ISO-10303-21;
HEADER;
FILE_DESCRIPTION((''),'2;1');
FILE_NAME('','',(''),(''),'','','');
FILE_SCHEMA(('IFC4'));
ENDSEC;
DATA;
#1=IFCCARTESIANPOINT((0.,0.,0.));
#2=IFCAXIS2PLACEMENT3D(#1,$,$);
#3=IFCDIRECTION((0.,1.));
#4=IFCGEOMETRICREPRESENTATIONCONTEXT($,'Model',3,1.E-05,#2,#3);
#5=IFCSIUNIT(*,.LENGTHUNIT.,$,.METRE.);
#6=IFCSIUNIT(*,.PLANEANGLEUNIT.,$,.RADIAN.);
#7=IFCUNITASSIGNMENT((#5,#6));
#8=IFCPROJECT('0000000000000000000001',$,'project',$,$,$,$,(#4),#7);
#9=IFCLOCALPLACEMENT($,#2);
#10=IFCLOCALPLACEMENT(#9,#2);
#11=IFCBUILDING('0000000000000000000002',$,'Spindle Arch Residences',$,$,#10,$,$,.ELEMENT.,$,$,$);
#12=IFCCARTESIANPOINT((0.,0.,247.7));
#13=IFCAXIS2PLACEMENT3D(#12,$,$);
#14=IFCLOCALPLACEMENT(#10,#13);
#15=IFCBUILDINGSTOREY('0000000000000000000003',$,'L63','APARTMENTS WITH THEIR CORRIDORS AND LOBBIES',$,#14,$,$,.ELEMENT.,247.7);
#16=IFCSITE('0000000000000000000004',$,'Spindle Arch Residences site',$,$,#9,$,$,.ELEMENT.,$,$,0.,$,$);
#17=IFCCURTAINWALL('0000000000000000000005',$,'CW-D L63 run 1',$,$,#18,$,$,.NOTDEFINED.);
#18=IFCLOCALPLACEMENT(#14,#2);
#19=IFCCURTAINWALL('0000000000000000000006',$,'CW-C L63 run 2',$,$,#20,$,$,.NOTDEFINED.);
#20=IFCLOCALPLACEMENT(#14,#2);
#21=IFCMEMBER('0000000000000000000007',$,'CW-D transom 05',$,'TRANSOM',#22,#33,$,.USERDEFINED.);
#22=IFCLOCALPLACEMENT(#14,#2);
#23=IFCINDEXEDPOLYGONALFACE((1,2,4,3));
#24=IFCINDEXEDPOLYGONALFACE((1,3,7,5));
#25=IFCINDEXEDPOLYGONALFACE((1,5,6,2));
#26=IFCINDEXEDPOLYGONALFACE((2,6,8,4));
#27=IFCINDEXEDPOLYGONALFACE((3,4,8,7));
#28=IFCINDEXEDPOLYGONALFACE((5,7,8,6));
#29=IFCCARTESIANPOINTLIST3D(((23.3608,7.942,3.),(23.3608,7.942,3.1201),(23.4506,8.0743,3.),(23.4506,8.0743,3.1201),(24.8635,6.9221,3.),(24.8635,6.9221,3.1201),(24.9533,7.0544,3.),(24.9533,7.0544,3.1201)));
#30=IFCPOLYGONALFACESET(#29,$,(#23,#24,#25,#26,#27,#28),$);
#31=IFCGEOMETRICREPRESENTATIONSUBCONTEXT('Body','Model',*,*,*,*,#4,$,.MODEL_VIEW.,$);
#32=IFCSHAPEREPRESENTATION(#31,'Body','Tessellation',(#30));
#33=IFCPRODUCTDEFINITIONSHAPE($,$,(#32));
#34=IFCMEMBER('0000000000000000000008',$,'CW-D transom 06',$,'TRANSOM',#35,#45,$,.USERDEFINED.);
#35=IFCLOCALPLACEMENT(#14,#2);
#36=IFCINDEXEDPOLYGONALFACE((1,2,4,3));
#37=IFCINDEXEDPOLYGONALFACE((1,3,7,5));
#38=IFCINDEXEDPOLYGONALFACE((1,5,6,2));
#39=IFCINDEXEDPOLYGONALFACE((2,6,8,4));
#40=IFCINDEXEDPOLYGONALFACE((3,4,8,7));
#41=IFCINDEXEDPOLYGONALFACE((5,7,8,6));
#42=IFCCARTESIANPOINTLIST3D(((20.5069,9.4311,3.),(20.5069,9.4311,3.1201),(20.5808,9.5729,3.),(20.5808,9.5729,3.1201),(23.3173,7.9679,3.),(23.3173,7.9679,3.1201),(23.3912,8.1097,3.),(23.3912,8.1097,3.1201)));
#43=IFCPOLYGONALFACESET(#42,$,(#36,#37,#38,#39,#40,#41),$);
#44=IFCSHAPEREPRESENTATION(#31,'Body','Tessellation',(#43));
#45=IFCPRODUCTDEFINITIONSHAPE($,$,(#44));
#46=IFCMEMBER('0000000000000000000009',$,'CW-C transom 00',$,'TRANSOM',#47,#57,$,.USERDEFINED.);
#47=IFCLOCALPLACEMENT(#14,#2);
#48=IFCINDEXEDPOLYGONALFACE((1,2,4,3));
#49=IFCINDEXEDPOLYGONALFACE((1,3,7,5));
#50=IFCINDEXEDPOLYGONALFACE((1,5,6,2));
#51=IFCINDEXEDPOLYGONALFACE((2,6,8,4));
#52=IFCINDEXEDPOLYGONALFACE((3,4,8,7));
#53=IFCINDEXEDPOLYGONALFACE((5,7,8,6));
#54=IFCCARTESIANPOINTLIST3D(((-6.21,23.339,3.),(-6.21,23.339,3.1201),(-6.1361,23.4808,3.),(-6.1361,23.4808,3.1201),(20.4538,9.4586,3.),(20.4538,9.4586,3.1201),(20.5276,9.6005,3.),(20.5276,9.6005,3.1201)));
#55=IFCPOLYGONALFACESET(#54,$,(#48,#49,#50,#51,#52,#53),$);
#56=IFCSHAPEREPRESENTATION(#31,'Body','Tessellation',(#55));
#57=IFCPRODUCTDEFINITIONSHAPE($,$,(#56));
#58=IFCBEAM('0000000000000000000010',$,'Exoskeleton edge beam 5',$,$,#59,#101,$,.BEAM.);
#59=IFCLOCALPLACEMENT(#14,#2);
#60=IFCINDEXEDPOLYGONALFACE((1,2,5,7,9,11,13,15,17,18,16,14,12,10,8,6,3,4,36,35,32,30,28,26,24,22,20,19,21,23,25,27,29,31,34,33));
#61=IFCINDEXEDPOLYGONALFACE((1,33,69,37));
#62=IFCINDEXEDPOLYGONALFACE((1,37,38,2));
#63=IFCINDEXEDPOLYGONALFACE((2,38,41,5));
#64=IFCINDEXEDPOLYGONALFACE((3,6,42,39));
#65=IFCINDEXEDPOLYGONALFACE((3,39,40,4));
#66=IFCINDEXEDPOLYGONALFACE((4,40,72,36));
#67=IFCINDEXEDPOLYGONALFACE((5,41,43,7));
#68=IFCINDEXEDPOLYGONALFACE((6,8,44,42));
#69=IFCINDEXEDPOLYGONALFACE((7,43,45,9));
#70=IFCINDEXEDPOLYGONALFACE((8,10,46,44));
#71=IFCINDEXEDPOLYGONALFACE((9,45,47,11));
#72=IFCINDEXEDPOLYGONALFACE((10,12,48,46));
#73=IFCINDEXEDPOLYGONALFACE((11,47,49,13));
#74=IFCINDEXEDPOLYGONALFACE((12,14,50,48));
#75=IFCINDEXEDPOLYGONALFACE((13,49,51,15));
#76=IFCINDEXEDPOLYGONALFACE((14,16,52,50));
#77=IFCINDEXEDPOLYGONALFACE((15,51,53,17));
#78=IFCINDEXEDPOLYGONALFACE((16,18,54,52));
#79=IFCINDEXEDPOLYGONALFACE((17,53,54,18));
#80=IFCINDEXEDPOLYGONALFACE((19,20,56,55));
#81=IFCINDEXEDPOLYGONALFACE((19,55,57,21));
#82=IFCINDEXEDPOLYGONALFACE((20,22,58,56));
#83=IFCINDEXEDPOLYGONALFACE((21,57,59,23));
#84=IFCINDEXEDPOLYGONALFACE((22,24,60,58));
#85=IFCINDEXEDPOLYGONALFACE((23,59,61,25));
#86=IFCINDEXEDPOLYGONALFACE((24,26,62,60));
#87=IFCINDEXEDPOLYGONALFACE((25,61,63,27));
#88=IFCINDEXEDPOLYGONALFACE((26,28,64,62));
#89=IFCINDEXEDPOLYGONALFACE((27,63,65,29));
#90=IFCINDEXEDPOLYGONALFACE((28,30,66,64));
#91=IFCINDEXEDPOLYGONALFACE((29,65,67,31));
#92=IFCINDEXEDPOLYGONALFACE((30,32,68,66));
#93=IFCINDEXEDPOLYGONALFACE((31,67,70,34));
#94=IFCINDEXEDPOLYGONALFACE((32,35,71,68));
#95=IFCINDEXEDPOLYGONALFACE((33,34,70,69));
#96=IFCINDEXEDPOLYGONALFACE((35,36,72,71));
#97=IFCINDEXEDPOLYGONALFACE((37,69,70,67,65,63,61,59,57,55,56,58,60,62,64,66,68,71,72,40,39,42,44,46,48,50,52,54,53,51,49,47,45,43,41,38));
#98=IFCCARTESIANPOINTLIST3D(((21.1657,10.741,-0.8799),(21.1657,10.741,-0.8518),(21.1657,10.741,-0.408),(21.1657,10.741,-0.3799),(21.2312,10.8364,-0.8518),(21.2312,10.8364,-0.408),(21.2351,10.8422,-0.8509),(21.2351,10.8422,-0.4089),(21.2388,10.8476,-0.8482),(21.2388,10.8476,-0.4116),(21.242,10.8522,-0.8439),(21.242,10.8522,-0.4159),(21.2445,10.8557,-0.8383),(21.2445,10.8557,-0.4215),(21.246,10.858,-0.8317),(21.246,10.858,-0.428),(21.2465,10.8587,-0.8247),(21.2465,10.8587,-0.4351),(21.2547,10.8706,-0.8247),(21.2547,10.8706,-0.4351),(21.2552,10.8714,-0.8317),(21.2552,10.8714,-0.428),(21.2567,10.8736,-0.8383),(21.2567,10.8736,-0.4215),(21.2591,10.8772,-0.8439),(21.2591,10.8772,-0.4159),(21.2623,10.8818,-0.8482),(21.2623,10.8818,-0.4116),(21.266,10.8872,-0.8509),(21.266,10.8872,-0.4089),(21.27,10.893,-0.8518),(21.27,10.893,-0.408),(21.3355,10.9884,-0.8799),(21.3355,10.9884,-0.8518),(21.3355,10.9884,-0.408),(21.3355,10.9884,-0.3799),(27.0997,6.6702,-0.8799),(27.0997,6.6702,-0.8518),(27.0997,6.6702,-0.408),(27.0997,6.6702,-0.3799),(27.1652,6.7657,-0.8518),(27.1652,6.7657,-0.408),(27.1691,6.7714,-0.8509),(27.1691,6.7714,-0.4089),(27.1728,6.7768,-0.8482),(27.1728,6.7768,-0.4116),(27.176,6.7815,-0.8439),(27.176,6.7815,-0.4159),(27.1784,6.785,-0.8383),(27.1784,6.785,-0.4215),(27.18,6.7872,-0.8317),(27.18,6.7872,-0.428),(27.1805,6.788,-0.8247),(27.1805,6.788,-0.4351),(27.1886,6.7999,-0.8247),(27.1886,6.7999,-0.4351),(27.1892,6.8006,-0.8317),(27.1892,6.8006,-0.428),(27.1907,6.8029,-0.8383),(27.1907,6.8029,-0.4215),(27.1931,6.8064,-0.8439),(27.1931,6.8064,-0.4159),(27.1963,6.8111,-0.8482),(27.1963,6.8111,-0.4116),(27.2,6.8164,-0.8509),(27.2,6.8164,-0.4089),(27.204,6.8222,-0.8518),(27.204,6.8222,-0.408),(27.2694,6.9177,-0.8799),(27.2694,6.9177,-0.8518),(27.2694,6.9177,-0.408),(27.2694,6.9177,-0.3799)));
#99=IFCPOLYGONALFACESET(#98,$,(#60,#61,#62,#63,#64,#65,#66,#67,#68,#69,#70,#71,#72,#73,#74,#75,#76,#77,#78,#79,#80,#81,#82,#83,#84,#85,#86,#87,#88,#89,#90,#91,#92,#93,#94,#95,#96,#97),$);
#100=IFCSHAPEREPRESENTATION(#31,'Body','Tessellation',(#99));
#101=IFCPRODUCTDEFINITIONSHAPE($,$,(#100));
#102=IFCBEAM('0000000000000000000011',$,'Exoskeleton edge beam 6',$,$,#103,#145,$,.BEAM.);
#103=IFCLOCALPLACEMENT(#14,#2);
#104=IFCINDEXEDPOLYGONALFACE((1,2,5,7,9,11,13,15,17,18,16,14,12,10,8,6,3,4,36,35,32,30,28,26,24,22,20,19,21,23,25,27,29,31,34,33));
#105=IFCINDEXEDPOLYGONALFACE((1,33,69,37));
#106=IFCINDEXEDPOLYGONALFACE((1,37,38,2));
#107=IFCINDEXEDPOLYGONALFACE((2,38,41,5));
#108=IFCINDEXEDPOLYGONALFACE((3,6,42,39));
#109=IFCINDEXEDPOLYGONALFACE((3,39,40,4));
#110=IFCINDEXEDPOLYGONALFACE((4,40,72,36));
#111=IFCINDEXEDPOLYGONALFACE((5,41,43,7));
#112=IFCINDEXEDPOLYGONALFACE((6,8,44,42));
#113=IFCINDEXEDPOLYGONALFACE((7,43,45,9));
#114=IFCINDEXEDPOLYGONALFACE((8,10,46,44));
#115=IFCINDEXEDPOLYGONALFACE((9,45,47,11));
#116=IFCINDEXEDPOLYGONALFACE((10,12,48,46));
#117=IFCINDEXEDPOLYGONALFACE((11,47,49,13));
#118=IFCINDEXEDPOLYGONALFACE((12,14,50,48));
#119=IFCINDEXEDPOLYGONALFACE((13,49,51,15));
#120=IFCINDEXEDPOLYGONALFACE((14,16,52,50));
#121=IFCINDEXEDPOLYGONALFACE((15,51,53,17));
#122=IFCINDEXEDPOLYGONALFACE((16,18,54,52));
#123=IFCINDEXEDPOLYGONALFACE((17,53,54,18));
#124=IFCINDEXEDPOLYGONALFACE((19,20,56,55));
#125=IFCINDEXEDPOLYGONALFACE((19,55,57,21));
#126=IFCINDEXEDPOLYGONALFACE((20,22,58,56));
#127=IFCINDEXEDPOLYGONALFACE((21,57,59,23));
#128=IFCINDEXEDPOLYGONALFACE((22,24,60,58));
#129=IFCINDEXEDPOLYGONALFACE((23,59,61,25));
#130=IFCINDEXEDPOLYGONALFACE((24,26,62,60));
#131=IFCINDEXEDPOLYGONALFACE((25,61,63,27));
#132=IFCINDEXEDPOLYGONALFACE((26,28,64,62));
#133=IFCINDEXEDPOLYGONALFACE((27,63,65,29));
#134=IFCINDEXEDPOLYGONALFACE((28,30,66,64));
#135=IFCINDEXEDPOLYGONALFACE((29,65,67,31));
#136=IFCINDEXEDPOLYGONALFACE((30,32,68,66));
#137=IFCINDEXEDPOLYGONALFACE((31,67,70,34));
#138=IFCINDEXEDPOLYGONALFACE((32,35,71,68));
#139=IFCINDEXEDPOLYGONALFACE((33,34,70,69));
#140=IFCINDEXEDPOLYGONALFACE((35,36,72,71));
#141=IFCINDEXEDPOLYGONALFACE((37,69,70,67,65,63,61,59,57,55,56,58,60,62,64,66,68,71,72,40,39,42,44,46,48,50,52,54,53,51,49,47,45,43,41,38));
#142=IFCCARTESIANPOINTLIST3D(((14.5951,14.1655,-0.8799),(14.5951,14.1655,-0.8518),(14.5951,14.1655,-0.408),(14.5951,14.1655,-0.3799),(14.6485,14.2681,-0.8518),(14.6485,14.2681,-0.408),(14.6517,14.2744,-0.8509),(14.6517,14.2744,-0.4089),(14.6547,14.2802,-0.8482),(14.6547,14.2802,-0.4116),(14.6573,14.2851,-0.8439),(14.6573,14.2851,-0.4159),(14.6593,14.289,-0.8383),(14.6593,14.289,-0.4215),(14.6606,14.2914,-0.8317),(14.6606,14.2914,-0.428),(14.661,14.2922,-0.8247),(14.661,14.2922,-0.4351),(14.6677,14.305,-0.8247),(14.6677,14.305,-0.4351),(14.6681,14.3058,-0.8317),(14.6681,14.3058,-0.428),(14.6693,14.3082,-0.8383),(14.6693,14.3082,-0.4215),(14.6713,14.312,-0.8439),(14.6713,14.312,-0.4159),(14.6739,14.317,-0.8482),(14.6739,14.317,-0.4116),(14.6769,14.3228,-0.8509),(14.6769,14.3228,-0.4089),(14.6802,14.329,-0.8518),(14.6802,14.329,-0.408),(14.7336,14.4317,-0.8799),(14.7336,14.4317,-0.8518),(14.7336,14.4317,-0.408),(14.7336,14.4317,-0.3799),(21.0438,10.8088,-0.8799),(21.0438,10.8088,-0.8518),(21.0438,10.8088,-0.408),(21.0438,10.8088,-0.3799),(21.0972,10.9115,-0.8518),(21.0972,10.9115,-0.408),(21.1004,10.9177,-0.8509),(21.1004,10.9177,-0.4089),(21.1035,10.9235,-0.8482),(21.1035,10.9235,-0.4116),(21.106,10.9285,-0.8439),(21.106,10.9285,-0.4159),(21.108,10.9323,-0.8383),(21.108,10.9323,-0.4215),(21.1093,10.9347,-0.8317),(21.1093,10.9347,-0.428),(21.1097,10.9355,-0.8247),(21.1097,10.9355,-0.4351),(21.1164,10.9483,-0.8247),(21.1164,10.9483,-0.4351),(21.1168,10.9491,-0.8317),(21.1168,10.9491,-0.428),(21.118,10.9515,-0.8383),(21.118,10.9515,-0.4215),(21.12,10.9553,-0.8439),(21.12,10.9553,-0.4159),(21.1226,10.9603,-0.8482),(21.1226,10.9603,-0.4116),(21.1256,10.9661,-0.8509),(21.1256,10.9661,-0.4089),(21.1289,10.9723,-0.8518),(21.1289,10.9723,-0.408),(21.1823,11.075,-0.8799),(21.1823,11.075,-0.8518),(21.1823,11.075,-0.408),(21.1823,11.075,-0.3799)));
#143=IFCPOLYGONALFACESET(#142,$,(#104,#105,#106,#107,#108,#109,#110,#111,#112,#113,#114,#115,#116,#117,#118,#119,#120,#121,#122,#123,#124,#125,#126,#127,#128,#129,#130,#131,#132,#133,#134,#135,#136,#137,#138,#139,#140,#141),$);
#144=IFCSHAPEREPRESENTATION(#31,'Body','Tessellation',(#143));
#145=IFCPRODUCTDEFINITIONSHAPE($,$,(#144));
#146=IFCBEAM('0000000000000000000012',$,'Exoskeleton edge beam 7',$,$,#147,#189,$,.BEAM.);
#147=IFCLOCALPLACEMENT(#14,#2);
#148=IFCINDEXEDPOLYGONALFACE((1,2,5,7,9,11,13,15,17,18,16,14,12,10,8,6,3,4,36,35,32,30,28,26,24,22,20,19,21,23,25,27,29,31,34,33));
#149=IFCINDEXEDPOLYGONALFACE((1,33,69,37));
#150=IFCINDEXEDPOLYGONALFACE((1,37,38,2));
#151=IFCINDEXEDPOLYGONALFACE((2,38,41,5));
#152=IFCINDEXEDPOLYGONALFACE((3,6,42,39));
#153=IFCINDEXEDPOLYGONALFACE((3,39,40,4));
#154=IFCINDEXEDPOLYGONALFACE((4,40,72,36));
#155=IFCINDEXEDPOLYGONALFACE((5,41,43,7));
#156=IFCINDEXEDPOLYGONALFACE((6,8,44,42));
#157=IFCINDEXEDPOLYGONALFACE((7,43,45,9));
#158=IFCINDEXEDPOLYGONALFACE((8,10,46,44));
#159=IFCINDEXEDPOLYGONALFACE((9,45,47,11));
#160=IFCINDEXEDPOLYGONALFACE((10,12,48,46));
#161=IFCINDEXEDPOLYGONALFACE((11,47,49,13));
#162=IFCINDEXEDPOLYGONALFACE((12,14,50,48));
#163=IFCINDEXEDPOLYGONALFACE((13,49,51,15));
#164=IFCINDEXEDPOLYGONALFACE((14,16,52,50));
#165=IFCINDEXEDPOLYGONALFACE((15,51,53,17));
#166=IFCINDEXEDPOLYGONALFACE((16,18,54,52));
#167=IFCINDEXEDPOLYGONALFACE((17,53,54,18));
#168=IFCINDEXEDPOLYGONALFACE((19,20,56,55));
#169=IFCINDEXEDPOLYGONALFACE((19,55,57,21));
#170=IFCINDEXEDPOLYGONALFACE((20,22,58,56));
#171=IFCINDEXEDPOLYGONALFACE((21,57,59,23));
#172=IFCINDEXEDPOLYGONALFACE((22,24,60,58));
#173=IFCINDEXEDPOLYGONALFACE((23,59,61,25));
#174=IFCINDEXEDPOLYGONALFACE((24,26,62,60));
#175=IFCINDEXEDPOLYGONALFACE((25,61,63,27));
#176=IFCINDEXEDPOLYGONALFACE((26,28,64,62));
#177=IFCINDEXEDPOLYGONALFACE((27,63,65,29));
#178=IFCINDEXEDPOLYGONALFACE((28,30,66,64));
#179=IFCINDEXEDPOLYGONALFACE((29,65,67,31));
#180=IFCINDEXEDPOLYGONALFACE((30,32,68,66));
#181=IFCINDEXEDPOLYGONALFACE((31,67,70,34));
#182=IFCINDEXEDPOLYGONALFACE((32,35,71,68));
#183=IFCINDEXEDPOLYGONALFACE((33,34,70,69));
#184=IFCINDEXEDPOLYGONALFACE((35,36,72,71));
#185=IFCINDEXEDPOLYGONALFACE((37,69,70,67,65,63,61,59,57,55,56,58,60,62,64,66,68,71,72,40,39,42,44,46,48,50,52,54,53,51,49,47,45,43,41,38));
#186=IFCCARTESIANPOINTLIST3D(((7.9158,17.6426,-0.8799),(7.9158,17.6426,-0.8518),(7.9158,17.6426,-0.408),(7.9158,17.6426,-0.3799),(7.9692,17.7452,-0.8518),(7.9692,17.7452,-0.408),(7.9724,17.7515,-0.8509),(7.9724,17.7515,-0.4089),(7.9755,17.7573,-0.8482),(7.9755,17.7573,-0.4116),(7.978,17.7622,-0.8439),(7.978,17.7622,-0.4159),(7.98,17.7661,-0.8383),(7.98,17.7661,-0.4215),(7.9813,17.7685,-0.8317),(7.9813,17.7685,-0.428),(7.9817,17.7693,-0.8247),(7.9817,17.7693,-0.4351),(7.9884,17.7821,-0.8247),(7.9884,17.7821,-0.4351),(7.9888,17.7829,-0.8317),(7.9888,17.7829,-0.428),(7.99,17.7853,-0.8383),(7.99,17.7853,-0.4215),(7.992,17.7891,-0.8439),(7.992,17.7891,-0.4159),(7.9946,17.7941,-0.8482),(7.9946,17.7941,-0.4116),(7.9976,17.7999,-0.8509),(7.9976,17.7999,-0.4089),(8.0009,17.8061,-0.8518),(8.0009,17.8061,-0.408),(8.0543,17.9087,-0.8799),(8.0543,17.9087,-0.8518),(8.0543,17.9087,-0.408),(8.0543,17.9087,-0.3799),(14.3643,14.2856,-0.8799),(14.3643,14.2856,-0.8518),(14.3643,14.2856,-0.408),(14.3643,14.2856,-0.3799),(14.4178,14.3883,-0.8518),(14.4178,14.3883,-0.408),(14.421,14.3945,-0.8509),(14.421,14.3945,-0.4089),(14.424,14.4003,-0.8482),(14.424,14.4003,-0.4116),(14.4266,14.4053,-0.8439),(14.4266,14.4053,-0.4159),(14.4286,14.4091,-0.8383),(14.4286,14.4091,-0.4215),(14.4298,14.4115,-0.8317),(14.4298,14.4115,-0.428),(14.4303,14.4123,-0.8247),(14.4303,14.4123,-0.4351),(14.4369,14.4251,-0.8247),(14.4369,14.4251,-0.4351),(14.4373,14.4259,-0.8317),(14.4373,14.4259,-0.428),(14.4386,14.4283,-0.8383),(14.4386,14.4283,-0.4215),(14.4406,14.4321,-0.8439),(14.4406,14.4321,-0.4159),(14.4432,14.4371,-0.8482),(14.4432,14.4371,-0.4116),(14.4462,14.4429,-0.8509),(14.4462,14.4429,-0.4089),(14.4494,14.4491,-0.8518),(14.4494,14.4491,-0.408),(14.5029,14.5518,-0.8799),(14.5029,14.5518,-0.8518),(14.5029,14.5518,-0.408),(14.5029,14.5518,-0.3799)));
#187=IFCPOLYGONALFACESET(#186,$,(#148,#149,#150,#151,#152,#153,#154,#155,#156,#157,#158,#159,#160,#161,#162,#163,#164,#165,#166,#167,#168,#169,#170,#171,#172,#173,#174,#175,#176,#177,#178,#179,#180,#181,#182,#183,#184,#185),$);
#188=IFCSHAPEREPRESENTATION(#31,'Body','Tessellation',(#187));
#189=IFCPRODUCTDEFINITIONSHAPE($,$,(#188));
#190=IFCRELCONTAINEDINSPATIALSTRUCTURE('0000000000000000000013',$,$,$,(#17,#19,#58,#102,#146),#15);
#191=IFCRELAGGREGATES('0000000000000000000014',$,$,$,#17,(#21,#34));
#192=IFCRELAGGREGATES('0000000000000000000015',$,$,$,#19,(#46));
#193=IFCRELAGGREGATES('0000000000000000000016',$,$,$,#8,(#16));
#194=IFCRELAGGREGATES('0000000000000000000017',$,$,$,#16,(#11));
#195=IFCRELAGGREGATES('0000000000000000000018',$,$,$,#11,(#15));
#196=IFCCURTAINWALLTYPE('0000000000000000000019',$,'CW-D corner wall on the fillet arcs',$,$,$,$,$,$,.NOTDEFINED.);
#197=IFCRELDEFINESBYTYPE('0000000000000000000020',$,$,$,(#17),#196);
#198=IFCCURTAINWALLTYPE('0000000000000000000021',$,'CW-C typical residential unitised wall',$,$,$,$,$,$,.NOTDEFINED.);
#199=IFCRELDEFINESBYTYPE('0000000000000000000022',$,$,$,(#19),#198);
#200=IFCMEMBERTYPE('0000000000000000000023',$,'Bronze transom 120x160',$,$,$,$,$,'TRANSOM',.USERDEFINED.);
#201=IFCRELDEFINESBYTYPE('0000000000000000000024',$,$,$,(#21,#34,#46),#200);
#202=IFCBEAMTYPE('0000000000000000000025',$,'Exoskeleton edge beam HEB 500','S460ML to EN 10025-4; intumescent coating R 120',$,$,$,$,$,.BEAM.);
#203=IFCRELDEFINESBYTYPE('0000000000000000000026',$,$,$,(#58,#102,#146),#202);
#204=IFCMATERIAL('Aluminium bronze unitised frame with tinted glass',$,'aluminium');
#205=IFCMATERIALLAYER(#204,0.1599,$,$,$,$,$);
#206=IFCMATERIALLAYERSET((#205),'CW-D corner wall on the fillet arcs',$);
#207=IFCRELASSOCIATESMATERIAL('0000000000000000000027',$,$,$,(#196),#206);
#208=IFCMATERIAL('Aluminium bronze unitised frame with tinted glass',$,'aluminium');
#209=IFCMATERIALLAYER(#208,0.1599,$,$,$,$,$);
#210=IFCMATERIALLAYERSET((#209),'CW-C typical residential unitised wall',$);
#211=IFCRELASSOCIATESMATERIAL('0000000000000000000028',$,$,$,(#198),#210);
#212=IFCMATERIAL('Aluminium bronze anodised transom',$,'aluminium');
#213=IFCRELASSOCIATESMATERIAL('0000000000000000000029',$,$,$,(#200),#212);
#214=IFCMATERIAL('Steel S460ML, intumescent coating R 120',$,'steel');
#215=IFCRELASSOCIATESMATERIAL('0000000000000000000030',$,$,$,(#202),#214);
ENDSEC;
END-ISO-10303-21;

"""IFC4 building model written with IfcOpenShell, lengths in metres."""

from ifc_helpers import new_model, si_unit, direction, frame, origin, origin_2d, place, context, subcontext, project, spatial, rectangle, i_section, extrude, material, layer, layer_set, material_profile, profile_set, type_object, element, aggregate, save


model = new_model("IFC4")

# Units and contexts
model_context = context("Model", 3, precision=1e-05, world=origin(), true_north=direction((0.0, 1.0)))
body_context = subcontext(model_context, "Body", "Model", "MODEL_VIEW")
ifc_project = project(units=[si_unit("LENGTHUNIT", "METRE"), si_unit("PLANEANGLEUNIT", "RADIAN")], contexts=[model_context])

# Site, building, storey
site_placement = place(None, origin())
site = spatial("IfcSite", under=ifc_project, at=site_placement, Name="Spindle Arch Residences site", CompositionType="ELEMENT", RefElevation=0.0)
building_placement = place(site_placement, origin())
building = spatial("IfcBuilding", under=site, at=building_placement, Name="Spindle Arch Residences", CompositionType="ELEMENT")
storey_placement = place(building_placement, frame((0.0, 0.0, 247.7)))
storey = spatial("IfcBuildingStorey", under=building, at=storey_placement, Name="L63", Description="APARTMENTS WITH THEIR CORRIDORS AND LOBBIES", CompositionType="ELEMENT", Elevation=247.7)

# Curtain walls
ifc_material_1 = material(Name="Aluminium bronze unitised frame with tinted glass", Category="aluminium")
ifc_layer_1 = layer(ifc_material_1, 0.1599)
ifc_layer_set_1 = layer_set([ifc_layer_1], Name="CW-D corner wall on the fillet arcs")
curtain_wall_type_1 = type_object("IfcCurtainWallType", Name="CW-D corner wall on the fillet arcs", PredefinedType="NOTDEFINED", material=ifc_layer_set_1)
curtain_wall_1_placement = place(storey_placement, origin())
curtain_wall_1 = element("IfcCurtainWall", 1, at=curtain_wall_1_placement, inside=storey, type_object=curtain_wall_type_1, Name="CW-D L63 run 1", PredefinedType="NOTDEFINED")
ifc_material_2 = material(Name="Aluminium bronze unitised frame with tinted glass", Category="aluminium")
ifc_layer_2 = layer(ifc_material_2, 0.1599)
ifc_layer_set_2 = layer_set([ifc_layer_2], Name="CW-C typical residential unitised wall")
curtain_wall_type_2 = type_object("IfcCurtainWallType", Name="CW-C typical residential unitised wall", PredefinedType="NOTDEFINED", material=ifc_layer_set_2)
curtain_wall_2_placement = place(storey_placement, origin())
curtain_wall_2 = element("IfcCurtainWall", 2, at=curtain_wall_2_placement, inside=storey, type_object=curtain_wall_type_2, Name="CW-C L63 run 2", PredefinedType="NOTDEFINED")

# Members
ifc_material_3 = material(Name="Aluminium bronze anodised transom", Category="aluminium")
ifc_material_profile_1 = material_profile(ifc_material_3, rectangle(XDim=0.1599, YDim=0.1201, at=origin_2d()), Name="TR 120x160")
ifc_profile_set_1 = profile_set([ifc_material_profile_1], Name="Aluminium bronze anodised transom")
member_type_1 = type_object("IfcMemberType", Name="Bronze transom 120x160", ElementType="TRANSOM", PredefinedType="USERDEFINED", material=ifc_profile_set_1)
member_1_placement = place(storey_placement, frame((24.9084, 6.9883, 3.0601), z_axis=(-0.827451, 0.561538, 0.0), x_axis=(-0.561538, -0.827451, 0.0)))
member_1 = element("IfcMember", 3, at=member_1_placement, type_object=member_type_1, Name="CW-D transom 05", ObjectType="TRANSOM", PredefinedType="USERDEFINED", context=body_context, shape_type="SweptSolid", body=[
    extrude(rectangle(XDim=0.1599, YDim=0.1201, at=origin_2d()), origin(), (0.0, 0.0, 1.0), 1.8162),
])
member_2_placement = place(storey_placement, frame((23.3542, 8.0388, 3.0601), z_axis=(-0.886987, 0.461794, 0.0), x_axis=(-0.461794, -0.886987, 0.0)))
member_2 = element("IfcMember", 4, at=member_2_placement, type_object=member_type_1, Name="CW-D transom 06", ObjectType="TRANSOM", PredefinedType="USERDEFINED", context=body_context, shape_type="SweptSolid", body=[
    extrude(rectangle(XDim=0.1599, YDim=0.1201, at=origin_2d()), origin(), (0.0, 0.0, 1.0), 3.1685),
])
member_3_placement = place(storey_placement, frame((20.4907, 9.5295, 3.0601), z_axis=(-0.88701, 0.46175, 0.0), x_axis=(-0.46175, -0.88701, 0.0)))
member_3 = element("IfcMember", 5, at=member_3_placement, type_object=member_type_1, Name="CW-C transom 00", ObjectType="TRANSOM", PredefinedType="USERDEFINED", context=body_context, shape_type="SweptSolid", body=[
    extrude(rectangle(XDim=0.1599, YDim=0.1201, at=origin_2d()), origin(), (0.0, 0.0, 1.0), 30.0603),
])

# Beams
ifc_material_4 = material(Name="Steel S460ML, intumescent coating R 120", Category="steel")
ifc_material_profile_2 = material_profile(ifc_material_4, i_section(OverallWidth=0.3, OverallDepth=0.5, WebThickness=0.0144, FlangeThickness=0.0281, FilletRadius=0.0271, at=origin_2d()), Name="HEB 500")
ifc_profile_set_2 = profile_set([ifc_material_profile_2], Name="Steel S460ML, intumescent coating R 120")
beam_type_1 = type_object("IfcBeamType", Name="Exoskeleton edge beam HEB 500", Description="S460ML to EN 10025-4; intumescent coating R 120", PredefinedType="BEAM", material=ifc_profile_set_2)
beam_1_placement = place(storey_placement, frame((27.1846, 6.7939, -0.6299), z_axis=(-0.824618, 0.565691, 0.0), x_axis=(-0.565691, -0.824618, 0.0)))
element("IfcBeam", 6, at=beam_1_placement, inside=storey, type_object=beam_type_1, Name="Exoskeleton edge beam 5", PredefinedType="BEAM", context=body_context, shape_type="SweptSolid", body=[
    extrude(i_section(OverallWidth=0.3, OverallDepth=0.5, WebThickness=0.0144, FlangeThickness=0.0281, FilletRadius=0.0271, at=origin_2d()), origin(), (0.0, 0.0, 1.0), 7.196),
])
for number, where, z_axis, x_axis, name in (
    (7, (21.113, 10.9419, -0.6299), (-0.887028, 0.461715, 0.0), (-0.461715, -0.887028, 0.0), "Exoskeleton edge beam 6"),
    (8, (14.4336, 14.4187, -0.6299), (-0.887007, 0.461756, 0.0), (-0.461756, -0.887007, 0.0), "Exoskeleton edge beam 7"),
):
    element("IfcBeam", number, at=place(storey_placement, frame(where, z_axis=z_axis, x_axis=x_axis)), inside=storey, type_object=beam_type_1, Name=name, PredefinedType="BEAM", context=body_context, shape_type="SweptSolid", body=[
        extrude(i_section(OverallWidth=0.3, OverallDepth=0.5, WebThickness=0.0144, FlangeThickness=0.0281, FilletRadius=0.0271, at=origin_2d()), origin(), (0.0, 0.0, 1.0), 7.27),
    ])

aggregate(curtain_wall_1, [member_1, member_2])
aggregate(curtain_wall_2, [member_3])

save(model, "model.ifc")
